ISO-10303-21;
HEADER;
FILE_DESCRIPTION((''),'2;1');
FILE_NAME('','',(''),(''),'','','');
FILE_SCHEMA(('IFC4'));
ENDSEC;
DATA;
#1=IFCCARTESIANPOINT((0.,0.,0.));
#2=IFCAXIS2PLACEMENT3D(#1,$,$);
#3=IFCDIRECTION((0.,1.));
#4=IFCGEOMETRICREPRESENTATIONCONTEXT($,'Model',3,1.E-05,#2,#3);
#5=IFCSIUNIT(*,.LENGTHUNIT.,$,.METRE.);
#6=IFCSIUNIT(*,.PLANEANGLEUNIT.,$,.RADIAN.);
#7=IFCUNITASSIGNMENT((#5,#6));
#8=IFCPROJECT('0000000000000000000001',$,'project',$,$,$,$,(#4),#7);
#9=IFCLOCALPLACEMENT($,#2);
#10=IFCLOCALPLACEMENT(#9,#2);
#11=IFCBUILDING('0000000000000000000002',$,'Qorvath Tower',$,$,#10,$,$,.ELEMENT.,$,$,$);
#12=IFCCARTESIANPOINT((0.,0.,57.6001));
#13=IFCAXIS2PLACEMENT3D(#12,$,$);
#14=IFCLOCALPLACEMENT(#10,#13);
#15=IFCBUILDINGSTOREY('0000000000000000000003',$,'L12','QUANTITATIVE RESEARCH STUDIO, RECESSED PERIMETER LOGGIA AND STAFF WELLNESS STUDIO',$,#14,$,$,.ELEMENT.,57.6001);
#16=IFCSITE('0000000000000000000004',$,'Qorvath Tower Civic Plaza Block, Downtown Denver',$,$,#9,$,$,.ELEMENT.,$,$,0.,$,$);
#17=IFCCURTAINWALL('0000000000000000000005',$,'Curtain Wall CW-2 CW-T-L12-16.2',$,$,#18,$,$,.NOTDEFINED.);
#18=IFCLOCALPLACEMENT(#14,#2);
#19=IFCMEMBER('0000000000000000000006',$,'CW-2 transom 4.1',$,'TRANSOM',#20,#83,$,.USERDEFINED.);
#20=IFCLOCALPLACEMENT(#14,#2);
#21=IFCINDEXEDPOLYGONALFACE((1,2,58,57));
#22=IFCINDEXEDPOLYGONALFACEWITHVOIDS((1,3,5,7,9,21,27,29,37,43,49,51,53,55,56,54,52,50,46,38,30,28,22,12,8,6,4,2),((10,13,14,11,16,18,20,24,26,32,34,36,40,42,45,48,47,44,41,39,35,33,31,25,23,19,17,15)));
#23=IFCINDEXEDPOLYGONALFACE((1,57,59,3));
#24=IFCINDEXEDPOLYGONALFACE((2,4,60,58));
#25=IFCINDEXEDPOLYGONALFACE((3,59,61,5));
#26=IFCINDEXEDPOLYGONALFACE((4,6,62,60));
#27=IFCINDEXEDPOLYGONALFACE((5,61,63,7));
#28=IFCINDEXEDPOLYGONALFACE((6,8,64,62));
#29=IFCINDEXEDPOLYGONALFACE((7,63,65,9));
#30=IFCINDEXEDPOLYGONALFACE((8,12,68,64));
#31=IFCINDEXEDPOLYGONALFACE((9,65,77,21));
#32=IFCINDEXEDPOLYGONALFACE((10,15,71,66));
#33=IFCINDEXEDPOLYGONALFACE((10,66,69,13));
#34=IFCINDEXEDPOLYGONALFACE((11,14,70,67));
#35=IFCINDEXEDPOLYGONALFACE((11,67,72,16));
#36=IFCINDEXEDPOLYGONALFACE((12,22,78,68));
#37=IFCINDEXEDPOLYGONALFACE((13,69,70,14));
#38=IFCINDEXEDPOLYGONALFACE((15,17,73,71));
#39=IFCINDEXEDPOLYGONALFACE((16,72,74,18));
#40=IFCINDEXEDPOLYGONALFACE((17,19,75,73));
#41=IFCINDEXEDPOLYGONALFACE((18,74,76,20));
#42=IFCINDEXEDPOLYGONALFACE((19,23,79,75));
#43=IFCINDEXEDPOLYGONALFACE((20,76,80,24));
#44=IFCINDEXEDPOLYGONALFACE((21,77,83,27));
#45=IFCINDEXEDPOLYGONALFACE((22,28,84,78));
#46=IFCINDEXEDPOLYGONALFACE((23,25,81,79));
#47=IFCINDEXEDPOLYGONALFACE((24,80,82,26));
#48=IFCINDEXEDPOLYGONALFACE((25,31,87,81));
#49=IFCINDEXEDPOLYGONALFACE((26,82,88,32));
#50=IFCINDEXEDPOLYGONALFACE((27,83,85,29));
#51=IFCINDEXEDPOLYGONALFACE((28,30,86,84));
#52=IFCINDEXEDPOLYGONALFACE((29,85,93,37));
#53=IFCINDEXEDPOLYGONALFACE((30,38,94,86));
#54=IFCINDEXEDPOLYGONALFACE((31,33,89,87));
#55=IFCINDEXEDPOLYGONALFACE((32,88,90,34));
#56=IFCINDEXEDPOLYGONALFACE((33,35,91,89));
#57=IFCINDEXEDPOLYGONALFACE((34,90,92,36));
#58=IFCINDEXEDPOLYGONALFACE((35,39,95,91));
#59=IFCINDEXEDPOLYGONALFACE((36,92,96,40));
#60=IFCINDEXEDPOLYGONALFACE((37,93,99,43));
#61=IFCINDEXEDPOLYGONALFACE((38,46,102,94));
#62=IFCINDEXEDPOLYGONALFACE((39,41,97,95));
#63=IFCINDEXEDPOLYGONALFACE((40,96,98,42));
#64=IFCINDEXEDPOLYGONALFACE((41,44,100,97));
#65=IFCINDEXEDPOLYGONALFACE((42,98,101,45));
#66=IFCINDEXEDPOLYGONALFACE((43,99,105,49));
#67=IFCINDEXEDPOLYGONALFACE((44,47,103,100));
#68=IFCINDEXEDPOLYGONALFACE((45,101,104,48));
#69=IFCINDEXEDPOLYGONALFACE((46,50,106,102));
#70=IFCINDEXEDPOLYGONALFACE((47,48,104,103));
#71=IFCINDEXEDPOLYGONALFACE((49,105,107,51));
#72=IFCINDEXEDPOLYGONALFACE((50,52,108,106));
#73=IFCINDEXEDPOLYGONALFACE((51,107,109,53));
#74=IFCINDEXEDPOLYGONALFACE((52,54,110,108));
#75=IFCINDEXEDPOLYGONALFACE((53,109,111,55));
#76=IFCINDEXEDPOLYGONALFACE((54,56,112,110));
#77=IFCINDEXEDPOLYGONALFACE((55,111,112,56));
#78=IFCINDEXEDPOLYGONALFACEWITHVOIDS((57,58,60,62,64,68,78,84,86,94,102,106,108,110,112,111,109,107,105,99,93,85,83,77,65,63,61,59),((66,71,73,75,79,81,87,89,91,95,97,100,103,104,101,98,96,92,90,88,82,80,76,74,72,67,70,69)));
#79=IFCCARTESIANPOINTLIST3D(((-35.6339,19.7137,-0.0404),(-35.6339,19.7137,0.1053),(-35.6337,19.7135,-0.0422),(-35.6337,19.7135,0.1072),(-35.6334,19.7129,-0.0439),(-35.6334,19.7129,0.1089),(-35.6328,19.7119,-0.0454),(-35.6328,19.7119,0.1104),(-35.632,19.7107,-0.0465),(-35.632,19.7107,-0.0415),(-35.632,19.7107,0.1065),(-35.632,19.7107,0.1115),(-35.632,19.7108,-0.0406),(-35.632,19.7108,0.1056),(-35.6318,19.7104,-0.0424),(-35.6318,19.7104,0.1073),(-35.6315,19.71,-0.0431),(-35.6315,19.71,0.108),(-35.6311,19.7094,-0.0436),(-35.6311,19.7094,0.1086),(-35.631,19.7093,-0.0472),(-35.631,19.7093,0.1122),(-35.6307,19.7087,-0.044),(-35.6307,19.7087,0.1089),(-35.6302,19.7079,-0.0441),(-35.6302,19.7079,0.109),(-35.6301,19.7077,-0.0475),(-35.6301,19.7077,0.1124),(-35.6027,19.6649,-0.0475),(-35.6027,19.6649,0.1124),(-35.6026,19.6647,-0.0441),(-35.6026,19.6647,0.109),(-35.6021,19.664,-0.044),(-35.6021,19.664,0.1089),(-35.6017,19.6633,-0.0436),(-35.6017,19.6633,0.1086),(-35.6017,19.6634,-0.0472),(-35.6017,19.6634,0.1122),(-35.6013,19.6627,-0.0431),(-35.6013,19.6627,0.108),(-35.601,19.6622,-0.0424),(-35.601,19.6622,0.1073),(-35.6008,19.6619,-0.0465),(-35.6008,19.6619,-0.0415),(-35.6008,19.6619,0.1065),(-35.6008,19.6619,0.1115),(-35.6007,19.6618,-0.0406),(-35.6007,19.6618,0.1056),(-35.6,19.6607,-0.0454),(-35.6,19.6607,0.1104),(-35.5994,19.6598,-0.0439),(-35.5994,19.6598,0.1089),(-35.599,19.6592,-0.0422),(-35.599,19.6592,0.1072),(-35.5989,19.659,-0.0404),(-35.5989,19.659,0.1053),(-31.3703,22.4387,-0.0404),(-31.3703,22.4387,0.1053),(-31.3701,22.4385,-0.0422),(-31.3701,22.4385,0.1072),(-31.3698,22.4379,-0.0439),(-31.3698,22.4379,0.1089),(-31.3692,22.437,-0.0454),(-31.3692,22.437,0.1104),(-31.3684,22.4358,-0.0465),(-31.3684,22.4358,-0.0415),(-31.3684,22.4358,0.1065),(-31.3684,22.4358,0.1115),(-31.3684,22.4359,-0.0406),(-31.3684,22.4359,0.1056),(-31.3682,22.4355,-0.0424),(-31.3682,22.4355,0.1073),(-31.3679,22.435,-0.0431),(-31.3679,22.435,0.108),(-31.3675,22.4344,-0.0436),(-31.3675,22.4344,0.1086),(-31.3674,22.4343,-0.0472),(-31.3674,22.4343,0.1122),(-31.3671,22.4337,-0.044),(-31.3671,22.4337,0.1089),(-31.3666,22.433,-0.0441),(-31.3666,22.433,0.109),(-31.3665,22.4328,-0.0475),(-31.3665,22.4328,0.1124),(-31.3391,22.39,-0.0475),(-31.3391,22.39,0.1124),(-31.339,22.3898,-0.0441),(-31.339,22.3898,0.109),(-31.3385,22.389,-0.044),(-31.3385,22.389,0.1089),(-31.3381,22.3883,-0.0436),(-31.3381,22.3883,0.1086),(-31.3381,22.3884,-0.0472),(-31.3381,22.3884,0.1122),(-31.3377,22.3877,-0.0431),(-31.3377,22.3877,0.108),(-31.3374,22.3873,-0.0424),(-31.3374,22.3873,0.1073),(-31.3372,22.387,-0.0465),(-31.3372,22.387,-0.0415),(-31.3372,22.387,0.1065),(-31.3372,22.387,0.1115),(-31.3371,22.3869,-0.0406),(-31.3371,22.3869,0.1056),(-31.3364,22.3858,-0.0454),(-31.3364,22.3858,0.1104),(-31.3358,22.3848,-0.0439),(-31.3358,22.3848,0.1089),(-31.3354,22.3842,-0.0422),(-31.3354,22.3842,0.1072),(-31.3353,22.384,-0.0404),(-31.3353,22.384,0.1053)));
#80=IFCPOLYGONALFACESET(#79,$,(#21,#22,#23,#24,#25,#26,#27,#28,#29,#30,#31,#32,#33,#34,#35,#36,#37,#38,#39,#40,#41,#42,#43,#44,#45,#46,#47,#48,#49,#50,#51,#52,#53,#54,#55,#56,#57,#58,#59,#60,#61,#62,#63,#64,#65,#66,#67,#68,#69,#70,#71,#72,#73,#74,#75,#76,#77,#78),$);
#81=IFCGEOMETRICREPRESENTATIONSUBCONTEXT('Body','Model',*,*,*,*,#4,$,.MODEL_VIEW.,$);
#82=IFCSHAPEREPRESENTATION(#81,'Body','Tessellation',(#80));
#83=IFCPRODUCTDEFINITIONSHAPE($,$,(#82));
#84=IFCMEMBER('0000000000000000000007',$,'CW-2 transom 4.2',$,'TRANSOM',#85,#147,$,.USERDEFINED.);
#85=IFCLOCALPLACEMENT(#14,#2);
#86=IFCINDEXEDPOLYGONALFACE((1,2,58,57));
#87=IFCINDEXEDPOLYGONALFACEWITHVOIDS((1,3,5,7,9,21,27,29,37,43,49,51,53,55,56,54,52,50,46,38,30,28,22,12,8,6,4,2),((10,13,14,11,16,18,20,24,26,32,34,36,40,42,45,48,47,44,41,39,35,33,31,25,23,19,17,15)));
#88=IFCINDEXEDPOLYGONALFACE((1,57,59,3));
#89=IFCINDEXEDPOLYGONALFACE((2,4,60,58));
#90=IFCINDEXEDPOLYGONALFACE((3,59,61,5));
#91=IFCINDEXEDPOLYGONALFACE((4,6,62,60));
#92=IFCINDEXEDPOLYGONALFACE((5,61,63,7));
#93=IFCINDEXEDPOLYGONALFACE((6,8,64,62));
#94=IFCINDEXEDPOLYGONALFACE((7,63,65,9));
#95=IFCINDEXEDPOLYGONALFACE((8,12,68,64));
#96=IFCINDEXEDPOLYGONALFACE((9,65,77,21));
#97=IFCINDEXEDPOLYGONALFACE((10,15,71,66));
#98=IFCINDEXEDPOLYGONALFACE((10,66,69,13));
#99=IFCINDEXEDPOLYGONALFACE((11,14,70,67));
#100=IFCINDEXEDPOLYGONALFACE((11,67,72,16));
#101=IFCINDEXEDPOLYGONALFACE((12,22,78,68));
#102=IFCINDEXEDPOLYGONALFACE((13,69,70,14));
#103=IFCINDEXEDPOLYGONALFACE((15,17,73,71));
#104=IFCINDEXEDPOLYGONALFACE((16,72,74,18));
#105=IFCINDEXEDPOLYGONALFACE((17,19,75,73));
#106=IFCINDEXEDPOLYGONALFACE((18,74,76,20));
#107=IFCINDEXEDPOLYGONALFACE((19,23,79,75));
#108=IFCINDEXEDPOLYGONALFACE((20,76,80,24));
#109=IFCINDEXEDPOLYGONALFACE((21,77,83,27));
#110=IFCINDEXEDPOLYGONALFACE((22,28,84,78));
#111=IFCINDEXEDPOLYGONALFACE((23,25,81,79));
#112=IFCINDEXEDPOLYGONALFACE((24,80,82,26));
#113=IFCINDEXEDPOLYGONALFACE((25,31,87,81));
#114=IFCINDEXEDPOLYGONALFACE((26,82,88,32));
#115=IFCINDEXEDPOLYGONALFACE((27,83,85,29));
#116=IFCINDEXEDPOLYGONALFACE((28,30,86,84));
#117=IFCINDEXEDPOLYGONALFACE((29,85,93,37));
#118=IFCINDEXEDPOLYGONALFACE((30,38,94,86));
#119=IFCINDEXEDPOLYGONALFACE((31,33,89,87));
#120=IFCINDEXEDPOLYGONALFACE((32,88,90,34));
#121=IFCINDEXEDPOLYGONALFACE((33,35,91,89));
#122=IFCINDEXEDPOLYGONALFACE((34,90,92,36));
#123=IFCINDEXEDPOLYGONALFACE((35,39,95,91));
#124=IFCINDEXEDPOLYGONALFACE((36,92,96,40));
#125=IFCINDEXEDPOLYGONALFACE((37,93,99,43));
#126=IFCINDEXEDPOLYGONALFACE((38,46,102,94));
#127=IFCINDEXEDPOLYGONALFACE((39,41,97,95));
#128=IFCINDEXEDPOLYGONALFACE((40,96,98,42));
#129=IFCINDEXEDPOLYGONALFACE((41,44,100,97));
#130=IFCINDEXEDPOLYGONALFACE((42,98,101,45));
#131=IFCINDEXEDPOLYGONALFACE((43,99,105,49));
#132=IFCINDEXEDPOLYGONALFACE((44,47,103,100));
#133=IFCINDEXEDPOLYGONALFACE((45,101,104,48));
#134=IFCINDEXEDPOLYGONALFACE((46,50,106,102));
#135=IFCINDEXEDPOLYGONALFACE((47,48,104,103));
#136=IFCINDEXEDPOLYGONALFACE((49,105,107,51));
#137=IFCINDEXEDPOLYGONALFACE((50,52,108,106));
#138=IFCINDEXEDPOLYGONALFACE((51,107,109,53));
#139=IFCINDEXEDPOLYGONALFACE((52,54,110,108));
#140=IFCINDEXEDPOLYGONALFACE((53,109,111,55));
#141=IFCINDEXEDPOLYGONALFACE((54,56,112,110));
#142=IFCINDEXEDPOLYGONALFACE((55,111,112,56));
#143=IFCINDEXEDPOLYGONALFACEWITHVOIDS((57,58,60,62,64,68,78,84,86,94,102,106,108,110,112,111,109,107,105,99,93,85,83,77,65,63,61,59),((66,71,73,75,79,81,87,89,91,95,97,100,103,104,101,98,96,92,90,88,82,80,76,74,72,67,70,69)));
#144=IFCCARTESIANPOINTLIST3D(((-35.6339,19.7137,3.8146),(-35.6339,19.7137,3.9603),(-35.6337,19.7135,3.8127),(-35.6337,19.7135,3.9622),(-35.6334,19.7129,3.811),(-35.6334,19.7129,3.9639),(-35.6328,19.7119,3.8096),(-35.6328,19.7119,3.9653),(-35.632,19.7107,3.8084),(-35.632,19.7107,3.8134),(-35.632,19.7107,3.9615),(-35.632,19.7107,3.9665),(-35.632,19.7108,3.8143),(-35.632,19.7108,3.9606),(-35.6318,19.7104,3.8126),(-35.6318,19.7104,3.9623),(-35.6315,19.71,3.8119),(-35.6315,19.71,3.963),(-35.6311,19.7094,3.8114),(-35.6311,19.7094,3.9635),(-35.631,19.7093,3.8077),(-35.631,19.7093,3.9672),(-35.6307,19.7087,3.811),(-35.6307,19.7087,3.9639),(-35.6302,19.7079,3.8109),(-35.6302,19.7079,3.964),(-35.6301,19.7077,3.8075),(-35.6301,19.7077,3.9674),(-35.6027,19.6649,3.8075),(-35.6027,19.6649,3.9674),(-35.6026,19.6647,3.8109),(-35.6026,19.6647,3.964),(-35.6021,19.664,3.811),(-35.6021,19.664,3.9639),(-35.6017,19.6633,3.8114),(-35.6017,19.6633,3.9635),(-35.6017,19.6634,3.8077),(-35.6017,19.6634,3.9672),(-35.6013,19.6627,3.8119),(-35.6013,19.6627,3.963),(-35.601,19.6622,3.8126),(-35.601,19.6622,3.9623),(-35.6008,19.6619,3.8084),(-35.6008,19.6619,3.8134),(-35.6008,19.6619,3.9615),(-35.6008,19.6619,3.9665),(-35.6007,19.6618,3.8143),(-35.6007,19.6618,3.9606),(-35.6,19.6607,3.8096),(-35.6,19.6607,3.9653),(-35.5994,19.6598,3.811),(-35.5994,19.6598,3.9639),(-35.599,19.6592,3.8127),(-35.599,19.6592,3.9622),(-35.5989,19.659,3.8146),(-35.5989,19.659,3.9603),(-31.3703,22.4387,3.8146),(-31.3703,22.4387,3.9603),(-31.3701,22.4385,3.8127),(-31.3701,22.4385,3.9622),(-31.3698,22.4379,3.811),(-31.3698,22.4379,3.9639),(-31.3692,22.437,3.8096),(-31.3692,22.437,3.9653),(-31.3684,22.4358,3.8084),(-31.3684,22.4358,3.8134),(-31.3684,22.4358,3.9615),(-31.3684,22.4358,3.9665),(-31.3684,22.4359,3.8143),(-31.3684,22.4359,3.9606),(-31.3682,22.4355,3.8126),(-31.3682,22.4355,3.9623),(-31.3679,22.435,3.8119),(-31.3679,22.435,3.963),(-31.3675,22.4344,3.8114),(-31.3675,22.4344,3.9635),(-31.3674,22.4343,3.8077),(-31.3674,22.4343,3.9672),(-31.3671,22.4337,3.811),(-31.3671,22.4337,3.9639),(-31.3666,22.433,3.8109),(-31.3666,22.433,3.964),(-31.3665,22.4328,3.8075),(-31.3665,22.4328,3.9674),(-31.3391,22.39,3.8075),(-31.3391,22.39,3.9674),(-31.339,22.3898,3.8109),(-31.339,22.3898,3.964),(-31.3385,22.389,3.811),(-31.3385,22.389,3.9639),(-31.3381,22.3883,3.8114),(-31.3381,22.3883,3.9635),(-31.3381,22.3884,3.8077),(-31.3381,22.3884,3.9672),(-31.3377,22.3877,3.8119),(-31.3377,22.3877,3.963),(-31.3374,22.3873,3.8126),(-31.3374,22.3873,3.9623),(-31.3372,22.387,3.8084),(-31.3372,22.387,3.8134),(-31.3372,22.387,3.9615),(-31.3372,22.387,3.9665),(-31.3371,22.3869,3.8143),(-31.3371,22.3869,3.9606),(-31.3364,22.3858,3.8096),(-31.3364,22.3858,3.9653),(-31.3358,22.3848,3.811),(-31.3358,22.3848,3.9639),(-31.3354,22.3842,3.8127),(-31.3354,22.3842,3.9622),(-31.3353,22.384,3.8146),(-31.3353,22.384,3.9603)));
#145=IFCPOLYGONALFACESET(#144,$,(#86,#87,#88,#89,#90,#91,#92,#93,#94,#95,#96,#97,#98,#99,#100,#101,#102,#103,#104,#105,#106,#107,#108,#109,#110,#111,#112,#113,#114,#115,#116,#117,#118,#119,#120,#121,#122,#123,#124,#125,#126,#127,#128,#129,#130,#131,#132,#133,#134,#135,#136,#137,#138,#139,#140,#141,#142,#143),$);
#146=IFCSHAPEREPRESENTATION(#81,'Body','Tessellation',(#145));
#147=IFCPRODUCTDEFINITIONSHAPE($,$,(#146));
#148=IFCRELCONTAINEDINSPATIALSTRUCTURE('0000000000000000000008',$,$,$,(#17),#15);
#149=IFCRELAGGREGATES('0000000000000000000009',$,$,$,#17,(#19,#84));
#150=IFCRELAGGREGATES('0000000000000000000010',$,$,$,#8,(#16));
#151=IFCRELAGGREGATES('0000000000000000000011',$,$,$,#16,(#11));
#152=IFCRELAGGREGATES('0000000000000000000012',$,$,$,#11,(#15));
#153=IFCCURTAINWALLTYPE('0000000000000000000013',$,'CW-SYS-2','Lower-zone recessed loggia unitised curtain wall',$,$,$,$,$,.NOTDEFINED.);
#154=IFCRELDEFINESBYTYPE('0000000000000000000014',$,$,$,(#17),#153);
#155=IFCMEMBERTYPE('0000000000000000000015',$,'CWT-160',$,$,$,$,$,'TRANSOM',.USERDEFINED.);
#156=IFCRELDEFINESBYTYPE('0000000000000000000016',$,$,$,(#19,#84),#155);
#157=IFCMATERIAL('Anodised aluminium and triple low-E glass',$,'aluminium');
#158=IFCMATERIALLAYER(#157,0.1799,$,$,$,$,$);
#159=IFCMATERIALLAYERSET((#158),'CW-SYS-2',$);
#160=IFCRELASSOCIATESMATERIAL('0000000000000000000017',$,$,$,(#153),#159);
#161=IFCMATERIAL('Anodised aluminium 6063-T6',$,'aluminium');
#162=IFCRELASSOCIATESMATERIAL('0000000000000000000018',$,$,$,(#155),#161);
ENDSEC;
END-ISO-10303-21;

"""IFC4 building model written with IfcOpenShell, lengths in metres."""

from ifc_helpers import new_model, si_unit, direction, frame, origin, origin_2d, place, context, subcontext, project, spatial, hollow_rectangle, extrude, material, layer, layer_set, material_profile, profile_set, type_object, element, aggregate, save


model = new_model("IFC4")

# Units and contexts
model_context = context("Model", 3, precision=1e-05, world=origin(), true_north=direction((0.0, 1.0)))
body_context = subcontext(model_context, "Body", "Model", "MODEL_VIEW")
ifc_project = project(units=[si_unit("LENGTHUNIT", "METRE"), si_unit("PLANEANGLEUNIT", "RADIAN")], contexts=[model_context])

# Site, building, storey
site_placement = place(None, origin())
site = spatial("IfcSite", under=ifc_project, at=site_placement, Name="Qorvath Tower Civic Plaza Block, Downtown Denver", CompositionType="ELEMENT", RefElevation=0.0)
building_placement = place(site_placement, origin())
building = spatial("IfcBuilding", under=site, at=building_placement, Name="Qorvath Tower", CompositionType="ELEMENT")
storey_placement = place(building_placement, frame((0.0, 0.0, 57.6001)))
storey = spatial("IfcBuildingStorey", under=building, at=storey_placement, Name="L12", Description="QUANTITATIVE RESEARCH STUDIO, RECESSED PERIMETER LOGGIA AND STAFF WELLNESS STUDIO", CompositionType="ELEMENT", Elevation=57.6001)

# Curtain wall
ifc_material_1 = material(Name="Anodised aluminium and triple low-E glass", Category="aluminium")
ifc_layer_1 = layer(ifc_material_1, 0.1799)
ifc_layer_set_1 = layer_set([ifc_layer_1], Name="CW-SYS-2")
curtain_wall_type = type_object("IfcCurtainWallType", Name="CW-SYS-2", Description="Lower-zone recessed loggia unitised curtain wall", PredefinedType="NOTDEFINED", material=ifc_layer_set_1)
curtain_wall_1_placement = place(storey_placement, origin())
curtain_wall_1 = element("IfcCurtainWall", 1, at=curtain_wall_1_placement, inside=storey, type_object=curtain_wall_type, Name="Curtain Wall CW-2 CW-T-L12-16.2", PredefinedType="NOTDEFINED")

# Members
ifc_material_2 = material(Name="Anodised aluminium 6063-T6", Category="aluminium")
ifc_material_profile_1 = material_profile(ifc_material_2, hollow_rectangle(XDim=0.0649, YDim=0.1599, WallThickness=0.0034, InnerFilletRadius=0.0034, OuterFilletRadius=0.0071, at=origin_2d()), Name="CWT 160x65")
ifc_profile_set_1 = profile_set([ifc_material_profile_1], Name="Anodised aluminium 6063-T6")
member_type_1 = type_object("IfcMemberType", Name="CWT-160", ElementType="TRANSOM", PredefinedType="USERDEFINED", material=ifc_profile_set_1)
member_1_placement = place(storey_placement, frame((-31.3528, 22.4114, 0.0325), z_axis=(-0.842599, -0.538542, 0.0), x_axis=(0.538542, -0.842599, 0.0)))
member_1 = element("IfcMember", 2, at=member_1_placement, type_object=member_type_1, Name="CW-2 transom 4.1", ObjectType="TRANSOM", PredefinedType="USERDEFINED", context=body_context, shape_type="SweptSolid", body=[
    extrude(hollow_rectangle(XDim=0.0649, YDim=0.1599, WallThickness=0.0034, InnerFilletRadius=0.0034, OuterFilletRadius=0.0071, at=origin_2d()), origin(), (0.0, 0.0, 1.0), 5.0601),
])
member_2_placement = place(storey_placement, frame((-31.3528, 22.4114, 3.8875), z_axis=(-0.842599, -0.538542, 0.0), x_axis=(0.538542, -0.842599, 0.0)))
member_2 = element("IfcMember", 3, at=member_2_placement, type_object=member_type_1, Name="CW-2 transom 4.2", ObjectType="TRANSOM", PredefinedType="USERDEFINED", context=body_context, shape_type="SweptSolid", body=[
    extrude(hollow_rectangle(XDim=0.0649, YDim=0.1599, WallThickness=0.0034, InnerFilletRadius=0.0034, OuterFilletRadius=0.0071, at=origin_2d()), origin(), (0.0, 0.0, 1.0), 5.0601),
])

aggregate(curtain_wall_1, [member_1, member_2])

save(model, "model.ifc")
